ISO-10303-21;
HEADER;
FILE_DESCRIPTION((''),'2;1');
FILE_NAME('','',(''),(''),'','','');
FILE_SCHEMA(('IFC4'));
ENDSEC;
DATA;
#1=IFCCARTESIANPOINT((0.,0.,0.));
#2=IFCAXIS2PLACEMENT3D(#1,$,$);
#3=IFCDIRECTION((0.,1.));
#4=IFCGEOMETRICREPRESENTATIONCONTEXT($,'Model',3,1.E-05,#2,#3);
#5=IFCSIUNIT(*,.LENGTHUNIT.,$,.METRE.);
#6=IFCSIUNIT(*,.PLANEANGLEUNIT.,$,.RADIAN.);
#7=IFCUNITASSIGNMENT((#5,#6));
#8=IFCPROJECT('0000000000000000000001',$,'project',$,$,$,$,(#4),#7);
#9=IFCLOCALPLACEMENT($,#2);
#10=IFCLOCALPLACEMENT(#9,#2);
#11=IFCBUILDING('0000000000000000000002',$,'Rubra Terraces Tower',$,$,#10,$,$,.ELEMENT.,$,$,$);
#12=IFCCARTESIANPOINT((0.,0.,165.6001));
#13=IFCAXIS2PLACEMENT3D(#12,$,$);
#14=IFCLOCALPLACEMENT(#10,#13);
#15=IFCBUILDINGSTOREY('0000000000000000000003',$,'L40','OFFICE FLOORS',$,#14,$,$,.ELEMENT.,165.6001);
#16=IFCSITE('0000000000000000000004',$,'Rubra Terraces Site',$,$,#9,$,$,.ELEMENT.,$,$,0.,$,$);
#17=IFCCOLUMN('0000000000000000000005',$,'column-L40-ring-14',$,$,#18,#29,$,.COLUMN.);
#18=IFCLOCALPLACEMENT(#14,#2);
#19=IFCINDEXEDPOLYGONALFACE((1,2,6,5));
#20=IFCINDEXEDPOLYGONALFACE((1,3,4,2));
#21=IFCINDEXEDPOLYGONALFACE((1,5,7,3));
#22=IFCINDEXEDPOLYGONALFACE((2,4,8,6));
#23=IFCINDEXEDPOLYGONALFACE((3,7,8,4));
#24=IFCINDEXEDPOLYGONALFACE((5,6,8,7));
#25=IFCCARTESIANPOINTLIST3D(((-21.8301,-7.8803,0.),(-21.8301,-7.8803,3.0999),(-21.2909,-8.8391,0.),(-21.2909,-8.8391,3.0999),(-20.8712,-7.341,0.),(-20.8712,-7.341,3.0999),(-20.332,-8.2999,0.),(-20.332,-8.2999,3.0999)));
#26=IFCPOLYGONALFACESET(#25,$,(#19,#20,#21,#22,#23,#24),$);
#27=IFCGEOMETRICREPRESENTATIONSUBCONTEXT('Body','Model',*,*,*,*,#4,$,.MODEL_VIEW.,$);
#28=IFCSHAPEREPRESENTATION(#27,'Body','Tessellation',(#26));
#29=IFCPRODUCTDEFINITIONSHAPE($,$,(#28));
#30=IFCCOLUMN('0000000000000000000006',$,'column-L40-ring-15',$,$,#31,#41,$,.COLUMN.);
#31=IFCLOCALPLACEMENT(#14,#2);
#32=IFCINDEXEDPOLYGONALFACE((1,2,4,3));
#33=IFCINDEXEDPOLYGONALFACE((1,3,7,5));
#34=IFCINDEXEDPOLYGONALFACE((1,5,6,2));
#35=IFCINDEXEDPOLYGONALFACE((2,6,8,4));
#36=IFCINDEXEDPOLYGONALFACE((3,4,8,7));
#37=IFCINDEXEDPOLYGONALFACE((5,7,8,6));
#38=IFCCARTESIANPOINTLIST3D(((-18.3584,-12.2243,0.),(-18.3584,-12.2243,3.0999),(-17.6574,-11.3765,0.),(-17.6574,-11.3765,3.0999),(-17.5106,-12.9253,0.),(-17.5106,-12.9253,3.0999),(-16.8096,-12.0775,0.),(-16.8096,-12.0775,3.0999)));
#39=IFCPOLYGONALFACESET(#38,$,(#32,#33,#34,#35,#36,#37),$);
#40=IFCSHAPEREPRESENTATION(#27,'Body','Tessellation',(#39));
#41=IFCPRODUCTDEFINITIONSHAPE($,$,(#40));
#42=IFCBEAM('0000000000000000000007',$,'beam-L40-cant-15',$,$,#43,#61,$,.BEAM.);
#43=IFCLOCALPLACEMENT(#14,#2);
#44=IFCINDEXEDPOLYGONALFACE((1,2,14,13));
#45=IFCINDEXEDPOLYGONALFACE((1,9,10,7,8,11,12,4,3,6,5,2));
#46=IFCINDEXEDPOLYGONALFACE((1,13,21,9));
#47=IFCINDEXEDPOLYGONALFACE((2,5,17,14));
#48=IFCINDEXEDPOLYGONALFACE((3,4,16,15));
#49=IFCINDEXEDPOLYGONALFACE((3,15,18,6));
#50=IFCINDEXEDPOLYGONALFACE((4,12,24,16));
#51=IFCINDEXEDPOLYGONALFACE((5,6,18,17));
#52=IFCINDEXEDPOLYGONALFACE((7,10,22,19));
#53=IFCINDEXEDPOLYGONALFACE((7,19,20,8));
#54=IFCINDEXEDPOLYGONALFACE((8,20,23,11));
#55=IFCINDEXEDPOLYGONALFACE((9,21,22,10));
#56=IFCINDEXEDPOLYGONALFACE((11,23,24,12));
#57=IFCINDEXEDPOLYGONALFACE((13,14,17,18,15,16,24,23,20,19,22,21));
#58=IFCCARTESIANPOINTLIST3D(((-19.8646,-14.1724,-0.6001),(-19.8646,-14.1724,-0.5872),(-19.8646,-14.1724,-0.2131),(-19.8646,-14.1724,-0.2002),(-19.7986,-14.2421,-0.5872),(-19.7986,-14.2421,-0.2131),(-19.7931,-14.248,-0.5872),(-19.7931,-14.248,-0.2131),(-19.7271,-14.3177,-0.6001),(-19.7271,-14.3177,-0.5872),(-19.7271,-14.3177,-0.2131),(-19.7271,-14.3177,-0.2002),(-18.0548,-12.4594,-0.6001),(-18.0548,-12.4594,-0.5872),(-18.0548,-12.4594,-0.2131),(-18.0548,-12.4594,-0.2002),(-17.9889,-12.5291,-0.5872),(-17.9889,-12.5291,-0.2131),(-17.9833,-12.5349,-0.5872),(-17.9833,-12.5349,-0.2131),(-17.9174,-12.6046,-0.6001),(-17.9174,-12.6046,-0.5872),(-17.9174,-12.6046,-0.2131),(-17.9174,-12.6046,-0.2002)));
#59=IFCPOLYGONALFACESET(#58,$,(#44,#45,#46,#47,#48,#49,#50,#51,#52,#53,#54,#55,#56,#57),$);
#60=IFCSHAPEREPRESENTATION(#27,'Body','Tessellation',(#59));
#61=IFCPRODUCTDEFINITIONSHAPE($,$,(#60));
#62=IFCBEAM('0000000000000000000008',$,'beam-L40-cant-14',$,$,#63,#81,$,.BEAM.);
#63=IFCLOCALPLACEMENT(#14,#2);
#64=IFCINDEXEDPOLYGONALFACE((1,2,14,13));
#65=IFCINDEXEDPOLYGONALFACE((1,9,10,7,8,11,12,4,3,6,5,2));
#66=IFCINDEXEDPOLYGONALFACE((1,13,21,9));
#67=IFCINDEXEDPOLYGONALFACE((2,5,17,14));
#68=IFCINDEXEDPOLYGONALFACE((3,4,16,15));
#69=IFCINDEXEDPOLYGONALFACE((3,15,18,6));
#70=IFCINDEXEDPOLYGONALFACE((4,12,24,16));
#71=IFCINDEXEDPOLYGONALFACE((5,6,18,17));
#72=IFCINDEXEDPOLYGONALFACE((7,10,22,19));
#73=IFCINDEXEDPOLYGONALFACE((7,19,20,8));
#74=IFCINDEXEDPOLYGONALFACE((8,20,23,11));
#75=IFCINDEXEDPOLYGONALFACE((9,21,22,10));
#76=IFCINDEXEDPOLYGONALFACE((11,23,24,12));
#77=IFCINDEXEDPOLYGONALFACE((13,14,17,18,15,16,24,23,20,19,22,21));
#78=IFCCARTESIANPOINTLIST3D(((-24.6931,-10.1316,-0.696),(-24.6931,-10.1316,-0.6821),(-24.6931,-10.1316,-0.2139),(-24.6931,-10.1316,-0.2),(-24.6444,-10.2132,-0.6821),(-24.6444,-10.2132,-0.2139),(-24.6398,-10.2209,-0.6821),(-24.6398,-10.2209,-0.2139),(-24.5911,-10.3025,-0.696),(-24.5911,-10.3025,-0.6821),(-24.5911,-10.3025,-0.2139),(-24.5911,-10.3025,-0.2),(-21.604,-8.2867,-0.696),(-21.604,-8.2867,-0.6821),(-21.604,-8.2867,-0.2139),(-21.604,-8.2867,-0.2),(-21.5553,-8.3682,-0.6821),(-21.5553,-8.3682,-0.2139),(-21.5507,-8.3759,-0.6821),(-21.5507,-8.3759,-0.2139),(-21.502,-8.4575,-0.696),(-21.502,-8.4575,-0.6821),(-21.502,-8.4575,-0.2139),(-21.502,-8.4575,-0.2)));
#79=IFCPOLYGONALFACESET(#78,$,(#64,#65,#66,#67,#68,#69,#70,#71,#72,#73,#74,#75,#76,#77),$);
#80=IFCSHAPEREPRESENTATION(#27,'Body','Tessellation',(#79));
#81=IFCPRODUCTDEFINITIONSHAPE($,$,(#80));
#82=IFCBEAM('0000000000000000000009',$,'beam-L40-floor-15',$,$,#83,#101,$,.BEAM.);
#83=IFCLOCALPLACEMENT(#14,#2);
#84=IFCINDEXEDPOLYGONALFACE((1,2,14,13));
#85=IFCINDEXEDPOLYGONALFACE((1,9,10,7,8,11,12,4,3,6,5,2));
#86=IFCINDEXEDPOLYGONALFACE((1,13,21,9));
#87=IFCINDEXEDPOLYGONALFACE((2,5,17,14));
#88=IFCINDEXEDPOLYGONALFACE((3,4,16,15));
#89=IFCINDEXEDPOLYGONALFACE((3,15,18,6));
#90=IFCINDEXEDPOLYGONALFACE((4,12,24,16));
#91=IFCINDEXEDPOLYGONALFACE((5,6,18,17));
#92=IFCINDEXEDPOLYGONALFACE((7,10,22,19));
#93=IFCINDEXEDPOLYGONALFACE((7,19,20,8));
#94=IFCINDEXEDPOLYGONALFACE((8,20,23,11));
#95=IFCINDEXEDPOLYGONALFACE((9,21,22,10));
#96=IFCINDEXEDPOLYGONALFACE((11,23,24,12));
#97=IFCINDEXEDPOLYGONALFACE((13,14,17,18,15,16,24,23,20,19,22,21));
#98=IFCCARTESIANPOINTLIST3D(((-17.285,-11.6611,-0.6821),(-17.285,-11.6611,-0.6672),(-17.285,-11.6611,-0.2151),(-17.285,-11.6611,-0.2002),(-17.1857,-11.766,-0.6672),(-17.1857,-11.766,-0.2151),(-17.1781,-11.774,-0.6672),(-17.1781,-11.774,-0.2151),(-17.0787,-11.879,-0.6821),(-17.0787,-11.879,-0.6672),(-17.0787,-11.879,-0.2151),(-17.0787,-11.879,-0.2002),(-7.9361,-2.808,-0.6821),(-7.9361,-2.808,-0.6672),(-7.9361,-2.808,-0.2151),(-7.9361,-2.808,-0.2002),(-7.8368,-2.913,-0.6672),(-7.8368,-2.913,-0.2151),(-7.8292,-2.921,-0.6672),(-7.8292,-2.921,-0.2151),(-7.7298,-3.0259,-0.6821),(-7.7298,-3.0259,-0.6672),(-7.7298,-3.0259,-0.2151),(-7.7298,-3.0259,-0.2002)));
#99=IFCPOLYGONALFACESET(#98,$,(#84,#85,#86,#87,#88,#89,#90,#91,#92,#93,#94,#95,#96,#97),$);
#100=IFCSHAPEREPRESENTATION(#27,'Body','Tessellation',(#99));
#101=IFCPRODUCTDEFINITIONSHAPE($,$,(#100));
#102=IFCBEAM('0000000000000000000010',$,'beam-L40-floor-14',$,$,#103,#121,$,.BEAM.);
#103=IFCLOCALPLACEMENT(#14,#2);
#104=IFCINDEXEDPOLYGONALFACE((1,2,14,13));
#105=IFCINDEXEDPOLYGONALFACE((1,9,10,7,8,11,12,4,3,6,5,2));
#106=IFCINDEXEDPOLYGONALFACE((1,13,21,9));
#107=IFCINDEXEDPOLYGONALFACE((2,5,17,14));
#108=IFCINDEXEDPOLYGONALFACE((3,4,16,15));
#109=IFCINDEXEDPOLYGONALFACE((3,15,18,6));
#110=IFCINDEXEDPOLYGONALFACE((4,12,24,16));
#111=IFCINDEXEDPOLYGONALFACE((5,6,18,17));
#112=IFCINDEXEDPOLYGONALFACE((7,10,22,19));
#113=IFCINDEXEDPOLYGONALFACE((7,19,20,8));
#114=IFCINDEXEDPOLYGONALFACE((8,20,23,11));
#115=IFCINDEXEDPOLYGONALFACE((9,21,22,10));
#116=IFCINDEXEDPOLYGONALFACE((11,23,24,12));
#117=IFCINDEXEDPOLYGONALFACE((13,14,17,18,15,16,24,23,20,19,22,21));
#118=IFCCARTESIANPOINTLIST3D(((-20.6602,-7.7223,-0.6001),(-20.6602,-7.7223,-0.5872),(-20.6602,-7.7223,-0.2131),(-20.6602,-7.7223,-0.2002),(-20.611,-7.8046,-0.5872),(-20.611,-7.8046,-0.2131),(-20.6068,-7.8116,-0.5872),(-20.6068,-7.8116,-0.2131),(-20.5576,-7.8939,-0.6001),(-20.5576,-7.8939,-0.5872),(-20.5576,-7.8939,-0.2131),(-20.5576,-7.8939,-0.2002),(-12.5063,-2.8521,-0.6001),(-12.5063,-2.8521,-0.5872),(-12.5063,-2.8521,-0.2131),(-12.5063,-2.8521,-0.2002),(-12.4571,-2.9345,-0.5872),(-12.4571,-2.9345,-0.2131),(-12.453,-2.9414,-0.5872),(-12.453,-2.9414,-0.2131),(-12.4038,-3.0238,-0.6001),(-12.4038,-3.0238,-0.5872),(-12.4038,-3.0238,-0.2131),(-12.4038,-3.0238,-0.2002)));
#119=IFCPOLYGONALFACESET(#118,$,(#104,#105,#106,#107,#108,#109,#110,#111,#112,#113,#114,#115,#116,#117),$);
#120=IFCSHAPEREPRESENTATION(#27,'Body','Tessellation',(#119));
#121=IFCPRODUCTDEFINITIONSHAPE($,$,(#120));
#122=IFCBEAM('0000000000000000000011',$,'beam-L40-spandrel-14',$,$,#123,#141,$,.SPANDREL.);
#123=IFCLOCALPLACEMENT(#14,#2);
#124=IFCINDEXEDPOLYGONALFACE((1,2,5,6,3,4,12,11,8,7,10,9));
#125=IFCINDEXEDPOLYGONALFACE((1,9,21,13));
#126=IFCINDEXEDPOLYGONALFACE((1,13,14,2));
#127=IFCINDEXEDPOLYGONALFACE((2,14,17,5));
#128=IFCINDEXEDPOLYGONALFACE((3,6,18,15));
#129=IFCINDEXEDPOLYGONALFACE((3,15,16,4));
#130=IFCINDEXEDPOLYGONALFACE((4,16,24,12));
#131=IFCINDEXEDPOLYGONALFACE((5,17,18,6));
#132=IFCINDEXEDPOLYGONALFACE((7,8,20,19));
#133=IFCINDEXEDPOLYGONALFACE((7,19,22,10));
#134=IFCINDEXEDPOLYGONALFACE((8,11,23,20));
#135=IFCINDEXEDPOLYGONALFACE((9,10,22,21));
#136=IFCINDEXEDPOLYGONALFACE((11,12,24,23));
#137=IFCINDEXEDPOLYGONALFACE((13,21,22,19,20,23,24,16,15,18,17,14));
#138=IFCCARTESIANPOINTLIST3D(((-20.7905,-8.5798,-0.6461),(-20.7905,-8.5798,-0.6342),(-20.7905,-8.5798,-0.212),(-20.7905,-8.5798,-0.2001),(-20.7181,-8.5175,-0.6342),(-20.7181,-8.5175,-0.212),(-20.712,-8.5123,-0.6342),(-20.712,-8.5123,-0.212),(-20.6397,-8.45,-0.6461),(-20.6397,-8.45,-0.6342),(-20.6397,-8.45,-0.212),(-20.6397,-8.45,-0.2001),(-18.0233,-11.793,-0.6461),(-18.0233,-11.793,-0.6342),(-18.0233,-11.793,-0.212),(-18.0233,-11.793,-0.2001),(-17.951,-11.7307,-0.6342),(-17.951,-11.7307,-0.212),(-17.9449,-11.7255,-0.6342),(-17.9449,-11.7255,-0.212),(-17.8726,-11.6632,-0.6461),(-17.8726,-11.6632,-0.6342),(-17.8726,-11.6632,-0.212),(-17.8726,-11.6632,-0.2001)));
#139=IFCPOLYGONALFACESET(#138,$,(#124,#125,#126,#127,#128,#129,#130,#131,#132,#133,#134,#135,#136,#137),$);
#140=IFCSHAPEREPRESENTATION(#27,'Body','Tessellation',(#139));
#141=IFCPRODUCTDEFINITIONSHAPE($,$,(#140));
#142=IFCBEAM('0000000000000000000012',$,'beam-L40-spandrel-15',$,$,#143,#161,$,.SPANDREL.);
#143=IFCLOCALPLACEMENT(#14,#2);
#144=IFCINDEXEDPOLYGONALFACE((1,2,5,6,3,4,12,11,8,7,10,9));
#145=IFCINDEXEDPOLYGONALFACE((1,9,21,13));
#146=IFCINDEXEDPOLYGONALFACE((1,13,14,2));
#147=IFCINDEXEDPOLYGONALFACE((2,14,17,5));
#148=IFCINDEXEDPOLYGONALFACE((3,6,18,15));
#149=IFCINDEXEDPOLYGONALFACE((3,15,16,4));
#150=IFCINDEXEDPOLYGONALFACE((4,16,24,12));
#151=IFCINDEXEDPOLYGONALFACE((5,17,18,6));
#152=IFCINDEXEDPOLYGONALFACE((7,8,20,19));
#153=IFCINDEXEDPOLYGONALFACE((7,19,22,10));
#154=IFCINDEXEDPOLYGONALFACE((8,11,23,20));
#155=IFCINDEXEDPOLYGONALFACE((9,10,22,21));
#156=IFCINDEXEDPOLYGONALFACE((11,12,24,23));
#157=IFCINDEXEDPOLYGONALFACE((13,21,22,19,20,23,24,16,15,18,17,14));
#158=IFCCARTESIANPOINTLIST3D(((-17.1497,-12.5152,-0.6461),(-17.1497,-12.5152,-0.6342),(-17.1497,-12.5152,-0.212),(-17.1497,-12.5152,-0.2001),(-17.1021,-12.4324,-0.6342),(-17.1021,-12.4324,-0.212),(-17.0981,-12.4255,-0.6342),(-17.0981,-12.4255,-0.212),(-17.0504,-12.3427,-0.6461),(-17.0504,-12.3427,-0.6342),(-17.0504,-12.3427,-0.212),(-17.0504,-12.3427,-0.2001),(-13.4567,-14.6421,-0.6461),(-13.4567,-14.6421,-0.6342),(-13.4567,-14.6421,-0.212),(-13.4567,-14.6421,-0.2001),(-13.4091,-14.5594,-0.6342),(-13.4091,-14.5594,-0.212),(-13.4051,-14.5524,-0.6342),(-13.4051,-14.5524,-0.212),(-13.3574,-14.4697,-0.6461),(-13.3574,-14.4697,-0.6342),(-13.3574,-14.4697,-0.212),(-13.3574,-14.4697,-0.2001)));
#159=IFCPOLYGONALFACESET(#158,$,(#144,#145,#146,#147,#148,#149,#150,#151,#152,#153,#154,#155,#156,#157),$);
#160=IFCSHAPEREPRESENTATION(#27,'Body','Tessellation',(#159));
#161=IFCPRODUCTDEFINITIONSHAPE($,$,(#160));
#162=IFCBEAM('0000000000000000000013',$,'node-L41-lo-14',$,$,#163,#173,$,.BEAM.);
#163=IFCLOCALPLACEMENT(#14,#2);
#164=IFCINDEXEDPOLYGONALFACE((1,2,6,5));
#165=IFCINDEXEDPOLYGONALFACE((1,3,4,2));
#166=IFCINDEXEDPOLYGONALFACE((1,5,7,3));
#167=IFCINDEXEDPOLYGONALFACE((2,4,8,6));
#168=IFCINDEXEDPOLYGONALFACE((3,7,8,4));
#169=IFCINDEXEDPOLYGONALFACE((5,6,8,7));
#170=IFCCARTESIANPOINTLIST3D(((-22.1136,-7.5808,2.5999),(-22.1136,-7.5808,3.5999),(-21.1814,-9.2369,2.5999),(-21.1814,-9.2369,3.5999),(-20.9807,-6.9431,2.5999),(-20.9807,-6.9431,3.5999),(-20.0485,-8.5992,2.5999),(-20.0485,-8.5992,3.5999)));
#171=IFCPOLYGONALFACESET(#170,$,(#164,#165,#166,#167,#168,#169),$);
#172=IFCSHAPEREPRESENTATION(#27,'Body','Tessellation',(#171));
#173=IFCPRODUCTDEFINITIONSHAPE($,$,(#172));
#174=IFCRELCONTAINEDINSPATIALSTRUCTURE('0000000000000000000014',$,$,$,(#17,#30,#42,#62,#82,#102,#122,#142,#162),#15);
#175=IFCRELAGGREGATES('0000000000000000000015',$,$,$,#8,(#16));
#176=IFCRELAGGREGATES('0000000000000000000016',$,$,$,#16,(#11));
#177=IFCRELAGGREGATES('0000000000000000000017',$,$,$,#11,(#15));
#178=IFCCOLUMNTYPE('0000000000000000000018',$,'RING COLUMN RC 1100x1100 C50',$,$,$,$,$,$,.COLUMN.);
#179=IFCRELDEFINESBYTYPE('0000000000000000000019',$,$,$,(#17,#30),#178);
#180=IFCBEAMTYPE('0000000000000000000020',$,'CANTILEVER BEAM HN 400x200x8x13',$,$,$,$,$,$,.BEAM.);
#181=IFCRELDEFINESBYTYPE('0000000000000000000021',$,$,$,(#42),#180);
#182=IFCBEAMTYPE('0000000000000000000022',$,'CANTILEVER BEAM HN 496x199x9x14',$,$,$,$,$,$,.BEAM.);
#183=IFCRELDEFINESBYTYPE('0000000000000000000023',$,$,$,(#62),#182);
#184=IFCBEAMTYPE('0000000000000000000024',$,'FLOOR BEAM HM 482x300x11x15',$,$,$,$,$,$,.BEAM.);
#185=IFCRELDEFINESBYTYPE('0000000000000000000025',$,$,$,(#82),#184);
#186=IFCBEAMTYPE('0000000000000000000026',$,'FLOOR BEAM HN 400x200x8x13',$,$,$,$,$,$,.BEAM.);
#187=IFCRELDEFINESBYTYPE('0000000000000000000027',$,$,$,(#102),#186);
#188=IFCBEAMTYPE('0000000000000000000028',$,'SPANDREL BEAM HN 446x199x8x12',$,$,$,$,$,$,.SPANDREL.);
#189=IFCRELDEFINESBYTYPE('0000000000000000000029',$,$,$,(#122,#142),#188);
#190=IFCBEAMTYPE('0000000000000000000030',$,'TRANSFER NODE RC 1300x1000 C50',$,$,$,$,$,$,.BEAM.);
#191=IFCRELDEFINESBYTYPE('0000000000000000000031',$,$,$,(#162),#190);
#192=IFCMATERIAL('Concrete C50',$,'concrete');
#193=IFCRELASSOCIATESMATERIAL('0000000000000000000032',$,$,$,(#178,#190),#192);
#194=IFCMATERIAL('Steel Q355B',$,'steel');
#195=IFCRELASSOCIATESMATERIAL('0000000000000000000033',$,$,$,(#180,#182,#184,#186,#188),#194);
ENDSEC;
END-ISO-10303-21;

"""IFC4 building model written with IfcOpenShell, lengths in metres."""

from ifc_helpers import new_model, si_unit, direction, frame, origin, origin_2d, place, context, subcontext, project, spatial, rectangle, i_section, extrude, material, material_profile, profile_set, type_object, element, save


model = new_model("IFC4")

# Units and contexts
model_context = context("Model", 3, precision=1e-05, world=origin(), true_north=direction((0.0, 1.0)))
body_context = subcontext(model_context, "Body", "Model", "MODEL_VIEW")
ifc_project = project(units=[si_unit("LENGTHUNIT", "METRE"), si_unit("PLANEANGLEUNIT", "RADIAN")], contexts=[model_context])

# Site, building, storey
site_placement = place(None, origin())
site = spatial("IfcSite", under=ifc_project, at=site_placement, Name="Rubra Terraces Site", CompositionType="ELEMENT", RefElevation=0.0)
building_placement = place(site_placement, origin())
building = spatial("IfcBuilding", under=site, at=building_placement, Name="Rubra Terraces Tower", CompositionType="ELEMENT")
storey_placement = place(building_placement, frame((0.0, 0.0, 165.6001)))
storey = spatial("IfcBuildingStorey", under=building, at=storey_placement, Name="L40", Description="OFFICE FLOORS", CompositionType="ELEMENT", Elevation=165.6001)

# Columns
ifc_material_1 = material(Name="Concrete C50", Category="concrete")
ifc_material_profile_1 = material_profile(ifc_material_1, rectangle(XDim=1.1001, YDim=1.1001, at=origin_2d()), Name="RC 1100x1100")
ifc_profile_set_1 = profile_set([ifc_material_profile_1], Name="Concrete C50")
column_type = type_object("IfcColumnType", Name="RING COLUMN RC 1100x1100 C50", PredefinedType="COLUMN", material=ifc_profile_set_1)
for number, where, z_axis, x_axis, name in (
    (1, (-21.0811, -8.0901, 0.0), (0.0, 0.0, 1.0), (0.490162, -0.871631, 0.0), "column-L40-ring-14"),
    (2, (-17.584, -12.1509, 0.0), (0.0, 0.0, 1.0), (0.770679, -0.637223, 0.0), "column-L40-ring-15"),
):
    element("IfcColumn", number, at=place(storey_placement, frame(where, z_axis=z_axis, x_axis=x_axis)), inside=storey, type_object=column_type, Name=name, PredefinedType="COLUMN", context=body_context, shape_type="SweptSolid", body=[
        extrude(rectangle(XDim=1.1001, YDim=1.1001, at=origin_2d()), origin(), (0.0, 0.0, 1.0), 3.0999),
    ])

# Beams
ifc_material_2 = material(Name="Steel Q355B", Category="steel")
ifc_material_profile_2 = material_profile(ifc_material_2, i_section(OverallWidth=0.2, OverallDepth=0.3999, WebThickness=0.0081, FlangeThickness=0.0129, at=origin_2d()), Name="HN 400x200x8x13")
ifc_profile_set_2 = profile_set([ifc_material_profile_2], Name="Steel Q355B")
beam_type_1 = type_object("IfcBeamType", Name="CANTILEVER BEAM HN 400x200x8x13", PredefinedType="BEAM", material=ifc_profile_set_2)
beam_1_placement = place(storey_placement, frame((-17.9861, -12.532, -0.4001), z_axis=(-0.726238, -0.687443, 0.0), x_axis=(0.687443, -0.726238, 0.0)))
element("IfcBeam", 3, at=beam_1_placement, inside=storey, type_object=beam_type_1, Name="beam-L40-cant-15", PredefinedType="BEAM", context=body_context, shape_type="SweptSolid", body=[
    extrude(i_section(OverallWidth=0.2, OverallDepth=0.3999, WebThickness=0.0081, FlangeThickness=0.0129, at=origin_2d()), origin(), (0.0, 0.0, 1.0), 2.4919),
])
ifc_material_profile_3 = material_profile(ifc_material_2, i_section(OverallWidth=0.199, OverallDepth=0.4961, WebThickness=0.009, FlangeThickness=0.0139, at=origin_2d()), Name="HN 496x199x9x14")
ifc_profile_set_3 = profile_set([ifc_material_profile_3], Name="Steel Q355B")
beam_type_2 = type_object("IfcBeamType", Name="CANTILEVER BEAM HN 496x199x9x14", PredefinedType="BEAM", material=ifc_profile_set_3)
beam_2_placement = place(storey_placement, frame((-21.553, -8.3721, -0.448), z_axis=(-0.858533, -0.512758, 0.0), x_axis=(0.512758, -0.858533, 0.0)))
element("IfcBeam", 4, at=beam_2_placement, inside=storey, type_object=beam_type_2, Name="beam-L40-cant-14", PredefinedType="BEAM", context=body_context, shape_type="SweptSolid", body=[
    extrude(i_section(OverallWidth=0.199, OverallDepth=0.4961, WebThickness=0.009, FlangeThickness=0.0139, at=origin_2d()), origin(), (0.0, 0.0, 1.0), 3.5981),
])
ifc_material_profile_4 = material_profile(ifc_material_2, i_section(OverallWidth=0.3, OverallDepth=0.4819, WebThickness=0.011, FlangeThickness=0.0149, at=origin_2d()), Name="HM 482x300x11x15")
ifc_profile_set_4 = profile_set([ifc_material_profile_4], Name="Steel Q355B")
beam_type_3 = type_object("IfcBeamType", Name="FLOOR BEAM HM 482x300x11x15", PredefinedType="BEAM", material=ifc_profile_set_4)
beam_3_placement = place(storey_placement, frame((-17.1819, -11.77, -0.4412), z_axis=(0.7261, 0.687589, 0.0), x_axis=(-0.687589, 0.7261, 0.0)))
element("IfcBeam", 5, at=beam_3_placement, inside=storey, type_object=beam_type_3, Name="beam-L40-floor-15", PredefinedType="BEAM", context=body_context, shape_type="SweptSolid", body=[
    extrude(i_section(OverallWidth=0.3, OverallDepth=0.4819, WebThickness=0.011, FlangeThickness=0.0149, at=origin_2d()), origin(), (0.0, 0.0, 1.0), 12.8755),
])
ifc_material_profile_5 = material_profile(ifc_material_2, i_section(OverallWidth=0.2, OverallDepth=0.3999, WebThickness=0.0081, FlangeThickness=0.0129, at=origin_2d()), Name="HN 400x200x8x13")
ifc_profile_set_5 = profile_set([ifc_material_profile_5], Name="Steel Q355B")
beam_type_4 = type_object("IfcBeamType", Name="FLOOR BEAM HN 400x200x8x13", PredefinedType="BEAM", material=ifc_profile_set_5)
beam_4_placement = place(storey_placement, frame((-20.6089, -7.8081, -0.4001), z_axis=(0.858521, 0.512778, 0.0), x_axis=(-0.512778, 0.858521, 0.0)))
element("IfcBeam", 6, at=beam_4_placement, inside=storey, type_object=beam_type_4, Name="beam-L40-floor-14", PredefinedType="BEAM", context=body_context, shape_type="SweptSolid", body=[
    extrude(i_section(OverallWidth=0.2, OverallDepth=0.3999, WebThickness=0.0081, FlangeThickness=0.0129, at=origin_2d()), origin(), (0.0, 0.0, 1.0), 9.4976),
])
ifc_material_profile_6 = material_profile(ifc_material_2, i_section(OverallWidth=0.199, OverallDepth=0.446, WebThickness=0.0081, FlangeThickness=0.012, at=origin_2d()), Name="HN 446x199x8x12")
ifc_profile_set_6 = profile_set([ifc_material_profile_6], Name="Steel Q355B")
beam_type_5 = type_object("IfcBeamType", Name="SPANDREL BEAM HN 446x199x8x12", PredefinedType="SPANDREL", material=ifc_profile_set_6)
beam_5_placement = place(storey_placement, frame((-20.7151, -8.5149, -0.4231), z_axis=(0.652553, -0.757743, 0.0), x_axis=(0.757743, 0.652553, 0.0)))
element("IfcBeam", 7, at=beam_5_placement, inside=storey, type_object=beam_type_5, Name="beam-L40-spandrel-14", PredefinedType="SPANDREL", context=body_context, shape_type="SweptSolid", body=[
    extrude(i_section(OverallWidth=0.199, OverallDepth=0.446, WebThickness=0.0081, FlangeThickness=0.012, at=origin_2d()), origin(), (0.0, 0.0, 1.0), 4.2405),
])
beam_6_placement = place(storey_placement, frame((-17.1001, -12.429, -0.4231), z_axis=(0.86656, -0.499073, 0.0), x_axis=(0.499073, 0.86656, 0.0)))
element("IfcBeam", 8, at=beam_6_placement, inside=storey, type_object=beam_type_5, Name="beam-L40-spandrel-15", PredefinedType="SPANDREL", context=body_context, shape_type="SweptSolid", body=[
    extrude(i_section(OverallWidth=0.199, OverallDepth=0.446, WebThickness=0.0081, FlangeThickness=0.012, at=origin_2d()), origin(), (0.0, 0.0, 1.0), 4.2617),
])
ifc_material_profile_7 = material_profile(ifc_material_1, rectangle(XDim=1.3, YDim=1.0, at=origin_2d()), Name="RC 1300x1000")
ifc_profile_set_7 = profile_set([ifc_material_profile_7], Name="Concrete C50")
beam_type_6 = type_object("IfcBeamType", Name="TRANSFER NODE RC 1300x1000 C50", PredefinedType="BEAM", material=ifc_profile_set_7)
beam_7_placement = place(storey_placement, frame((-21.5471, -7.262, 3.0999), z_axis=(0.490511, -0.871435, 0.0), x_axis=(0.871435, 0.490511, 0.0)))
element("IfcBeam", 9, at=beam_7_placement, inside=storey, type_object=beam_type_6, Name="node-L41-lo-14", PredefinedType="BEAM", context=body_context, shape_type="SweptSolid", body=[
    extrude(rectangle(XDim=1.3, YDim=1.0, at=origin_2d()), origin(), (0.0, 0.0, 1.0), 1.9004),
])

save(model, "model.ifc")
